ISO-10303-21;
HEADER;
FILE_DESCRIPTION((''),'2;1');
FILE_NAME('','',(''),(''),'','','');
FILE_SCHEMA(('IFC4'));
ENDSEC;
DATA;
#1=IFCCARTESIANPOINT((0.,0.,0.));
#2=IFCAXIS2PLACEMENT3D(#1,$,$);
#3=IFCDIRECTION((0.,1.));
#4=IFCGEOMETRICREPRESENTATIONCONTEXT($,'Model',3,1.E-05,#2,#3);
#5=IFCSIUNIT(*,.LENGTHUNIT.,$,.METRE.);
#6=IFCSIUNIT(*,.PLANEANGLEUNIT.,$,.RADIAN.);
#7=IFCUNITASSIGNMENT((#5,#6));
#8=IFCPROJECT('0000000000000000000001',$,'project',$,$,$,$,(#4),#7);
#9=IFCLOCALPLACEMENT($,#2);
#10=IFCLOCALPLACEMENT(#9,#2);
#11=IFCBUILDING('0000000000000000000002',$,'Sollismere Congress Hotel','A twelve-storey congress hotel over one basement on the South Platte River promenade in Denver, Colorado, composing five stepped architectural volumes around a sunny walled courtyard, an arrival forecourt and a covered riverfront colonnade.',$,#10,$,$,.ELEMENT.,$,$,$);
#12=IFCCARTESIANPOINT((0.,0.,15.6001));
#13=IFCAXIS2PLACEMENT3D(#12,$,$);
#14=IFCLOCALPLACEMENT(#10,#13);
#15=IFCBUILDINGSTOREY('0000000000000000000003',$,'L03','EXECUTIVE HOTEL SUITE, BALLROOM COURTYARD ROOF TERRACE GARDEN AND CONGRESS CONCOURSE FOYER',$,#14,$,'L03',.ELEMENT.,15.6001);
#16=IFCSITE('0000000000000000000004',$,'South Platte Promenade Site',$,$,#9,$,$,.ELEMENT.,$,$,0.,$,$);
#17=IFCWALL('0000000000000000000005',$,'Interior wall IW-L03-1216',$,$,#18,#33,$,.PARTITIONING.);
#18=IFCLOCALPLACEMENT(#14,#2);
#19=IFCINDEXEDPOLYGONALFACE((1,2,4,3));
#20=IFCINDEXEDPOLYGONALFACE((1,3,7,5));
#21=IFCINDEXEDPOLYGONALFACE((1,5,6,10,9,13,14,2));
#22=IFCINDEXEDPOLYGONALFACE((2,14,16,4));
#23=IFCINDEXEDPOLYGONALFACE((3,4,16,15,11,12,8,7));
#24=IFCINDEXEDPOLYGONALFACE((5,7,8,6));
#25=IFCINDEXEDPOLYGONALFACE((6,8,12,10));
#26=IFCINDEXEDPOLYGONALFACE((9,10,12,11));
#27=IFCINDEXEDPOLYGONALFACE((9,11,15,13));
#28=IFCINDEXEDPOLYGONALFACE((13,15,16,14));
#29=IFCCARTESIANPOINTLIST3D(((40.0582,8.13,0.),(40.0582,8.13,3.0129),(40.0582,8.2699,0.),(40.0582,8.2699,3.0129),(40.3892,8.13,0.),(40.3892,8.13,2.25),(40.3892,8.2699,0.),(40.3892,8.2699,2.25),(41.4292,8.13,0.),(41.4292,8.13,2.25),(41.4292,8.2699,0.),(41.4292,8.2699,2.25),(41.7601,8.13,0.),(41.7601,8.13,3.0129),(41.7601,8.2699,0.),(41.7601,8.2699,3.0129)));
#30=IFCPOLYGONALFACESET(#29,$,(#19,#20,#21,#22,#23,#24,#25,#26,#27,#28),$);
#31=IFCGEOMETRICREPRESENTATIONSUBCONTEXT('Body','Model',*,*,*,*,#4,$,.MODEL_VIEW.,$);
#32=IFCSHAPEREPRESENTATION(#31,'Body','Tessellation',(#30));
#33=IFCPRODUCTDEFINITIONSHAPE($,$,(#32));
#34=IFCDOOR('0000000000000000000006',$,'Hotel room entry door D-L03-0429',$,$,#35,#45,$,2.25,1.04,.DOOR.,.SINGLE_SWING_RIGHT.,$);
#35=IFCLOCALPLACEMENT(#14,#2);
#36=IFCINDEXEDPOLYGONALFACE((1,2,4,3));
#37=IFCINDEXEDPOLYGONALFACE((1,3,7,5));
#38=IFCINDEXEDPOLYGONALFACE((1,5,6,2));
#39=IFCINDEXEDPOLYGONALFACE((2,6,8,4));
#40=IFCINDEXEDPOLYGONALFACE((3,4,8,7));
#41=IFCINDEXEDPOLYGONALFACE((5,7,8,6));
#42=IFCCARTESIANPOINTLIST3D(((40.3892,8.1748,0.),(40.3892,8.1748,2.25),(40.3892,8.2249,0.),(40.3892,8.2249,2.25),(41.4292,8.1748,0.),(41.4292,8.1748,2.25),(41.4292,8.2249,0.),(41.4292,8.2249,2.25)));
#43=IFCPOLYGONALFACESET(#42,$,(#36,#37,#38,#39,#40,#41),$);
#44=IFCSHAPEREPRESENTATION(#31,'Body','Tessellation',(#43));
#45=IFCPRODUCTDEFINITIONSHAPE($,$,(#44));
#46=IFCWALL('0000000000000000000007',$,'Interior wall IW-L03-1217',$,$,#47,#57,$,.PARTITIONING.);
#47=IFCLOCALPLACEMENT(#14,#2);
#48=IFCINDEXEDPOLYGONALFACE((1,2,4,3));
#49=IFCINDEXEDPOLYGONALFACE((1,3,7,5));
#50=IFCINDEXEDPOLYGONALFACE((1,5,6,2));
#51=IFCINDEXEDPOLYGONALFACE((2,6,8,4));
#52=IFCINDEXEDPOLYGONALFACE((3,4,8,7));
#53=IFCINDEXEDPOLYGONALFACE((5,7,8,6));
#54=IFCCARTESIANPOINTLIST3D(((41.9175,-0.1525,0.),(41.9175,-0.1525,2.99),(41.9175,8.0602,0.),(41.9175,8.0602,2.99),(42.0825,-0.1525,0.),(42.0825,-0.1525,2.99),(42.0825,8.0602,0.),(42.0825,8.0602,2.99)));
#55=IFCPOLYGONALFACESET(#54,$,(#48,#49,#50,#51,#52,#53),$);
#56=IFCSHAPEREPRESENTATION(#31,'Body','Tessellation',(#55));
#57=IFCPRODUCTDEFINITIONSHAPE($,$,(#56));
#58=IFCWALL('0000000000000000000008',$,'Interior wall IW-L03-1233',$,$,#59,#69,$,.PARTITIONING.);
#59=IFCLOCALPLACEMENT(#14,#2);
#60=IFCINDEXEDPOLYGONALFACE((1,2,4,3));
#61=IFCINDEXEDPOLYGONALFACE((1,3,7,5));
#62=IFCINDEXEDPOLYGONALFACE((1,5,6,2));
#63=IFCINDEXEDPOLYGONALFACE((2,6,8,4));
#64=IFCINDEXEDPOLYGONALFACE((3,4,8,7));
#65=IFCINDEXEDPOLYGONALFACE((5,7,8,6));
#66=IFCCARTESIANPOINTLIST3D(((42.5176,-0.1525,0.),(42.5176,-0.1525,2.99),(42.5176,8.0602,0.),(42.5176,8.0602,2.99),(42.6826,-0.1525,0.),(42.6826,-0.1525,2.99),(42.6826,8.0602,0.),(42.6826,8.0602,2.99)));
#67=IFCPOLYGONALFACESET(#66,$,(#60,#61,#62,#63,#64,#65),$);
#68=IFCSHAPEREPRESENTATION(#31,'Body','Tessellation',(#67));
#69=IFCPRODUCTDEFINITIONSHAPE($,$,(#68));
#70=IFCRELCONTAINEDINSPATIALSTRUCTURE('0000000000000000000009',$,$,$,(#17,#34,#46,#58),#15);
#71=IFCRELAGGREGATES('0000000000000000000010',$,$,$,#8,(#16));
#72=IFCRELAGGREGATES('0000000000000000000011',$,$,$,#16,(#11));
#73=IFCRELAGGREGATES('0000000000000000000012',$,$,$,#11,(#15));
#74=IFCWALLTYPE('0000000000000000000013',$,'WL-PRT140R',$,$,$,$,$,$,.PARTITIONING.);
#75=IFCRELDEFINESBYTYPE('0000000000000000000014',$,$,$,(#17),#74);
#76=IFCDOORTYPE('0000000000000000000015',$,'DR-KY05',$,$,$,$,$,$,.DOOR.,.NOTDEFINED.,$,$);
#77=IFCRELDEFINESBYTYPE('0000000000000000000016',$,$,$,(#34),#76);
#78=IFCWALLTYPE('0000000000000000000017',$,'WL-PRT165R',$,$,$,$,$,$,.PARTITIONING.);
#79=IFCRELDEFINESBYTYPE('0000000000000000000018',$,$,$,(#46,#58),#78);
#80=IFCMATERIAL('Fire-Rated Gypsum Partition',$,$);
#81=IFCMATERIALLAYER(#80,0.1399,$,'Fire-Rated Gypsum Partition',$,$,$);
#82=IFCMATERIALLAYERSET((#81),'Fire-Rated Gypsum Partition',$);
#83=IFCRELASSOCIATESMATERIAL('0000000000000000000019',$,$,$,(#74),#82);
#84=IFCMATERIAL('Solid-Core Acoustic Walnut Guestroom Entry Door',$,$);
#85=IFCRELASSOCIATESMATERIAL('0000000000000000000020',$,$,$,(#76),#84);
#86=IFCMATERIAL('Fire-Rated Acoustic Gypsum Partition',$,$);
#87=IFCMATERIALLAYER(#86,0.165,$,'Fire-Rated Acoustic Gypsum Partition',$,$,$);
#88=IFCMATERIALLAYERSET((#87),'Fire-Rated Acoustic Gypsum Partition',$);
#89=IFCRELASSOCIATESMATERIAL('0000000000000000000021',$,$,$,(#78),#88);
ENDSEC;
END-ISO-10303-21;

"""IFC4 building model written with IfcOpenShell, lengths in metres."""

from ifc_helpers import new_model, si_unit, direction, frame, frame_2d, origin, place, context, subcontext, project, spatial, rectangle, extrude, material, layer, layer_set, type_object, element, fill, save


model = new_model("IFC4")

# Units and contexts
model_context = context("Model", 3, precision=1e-05, world=origin(), true_north=direction((0.0, 1.0)))
body_context = subcontext(model_context, "Body", "Model", "MODEL_VIEW")
ifc_project = project(units=[si_unit("LENGTHUNIT", "METRE"), si_unit("PLANEANGLEUNIT", "RADIAN")], contexts=[model_context])

# Site, building, storey
site_placement = place(None, origin())
site = spatial("IfcSite", under=ifc_project, at=site_placement, Name="South Platte Promenade Site", CompositionType="ELEMENT", RefElevation=0.0)
building_placement = place(site_placement, origin())
building = spatial("IfcBuilding", under=site, at=building_placement, Name="Sollismere Congress Hotel", Description="A twelve-storey congress hotel over one basement on the South Platte River promenade in Denver, Colorado, composing five stepped architectural volumes around a sunny walled courtyard, an arrival forecourt and a covered riverfront colonnade.", CompositionType="ELEMENT")
storey_placement = place(building_placement, frame((0.0, 0.0, 15.6001)))
storey = spatial("IfcBuildingStorey", under=building, at=storey_placement, Name="L03", Description="EXECUTIVE HOTEL SUITE, BALLROOM COURTYARD ROOF TERRACE GARDEN AND CONGRESS CONCOURSE FOYER", LongName="L03", CompositionType="ELEMENT", Elevation=15.6001)

# Shared definitions
ifc_material_1 = material(Name="Fire-Rated Gypsum Partition")
ifc_layer_1 = layer(ifc_material_1, 0.1399, Name="Fire-Rated Gypsum Partition")
ifc_layer_set_1 = layer_set([ifc_layer_1], Name="Fire-Rated Gypsum Partition")
wall_type_1 = type_object("IfcWallType", Name="WL-PRT140R", PredefinedType="PARTITIONING", material=ifc_layer_set_1)

# Wall, opening, door
wall_1_placement = place(storey_placement, frame((40.0581, 8.2, 0.0), z_axis=(0.0, 0.0, 1.0), x_axis=(1.0, 0.0, 0.0)))
wall_1 = element("IfcWall", 1, at=wall_1_placement, inside=storey, type_object=wall_type_1, Name="Interior wall IW-L03-1216", PredefinedType="PARTITIONING", context=body_context, shape_type="SweptSolid", body=[
    extrude(rectangle(XDim=1.7019, YDim=0.1399, at=frame_2d((0.8511, 0.0))), origin(), (0.0, 0.0, 1.0), 3.0129),
])
opening_1_placement = place(wall_1_placement, frame((0.3311, 0.0, 0.0)))
opening_1 = element("IfcOpeningElement", 2, at=opening_1_placement, cuts=wall_1, PredefinedType="OPENING", context=body_context, shape_type="SweptSolid", body=[
    extrude(rectangle(XDim=1.04, YDim=2.25, at=frame_2d((0.52, 1.125))), frame((0.0, 0.0798, 0.0), z_axis=(0.0, -1.0, 0.0), x_axis=(1.0, 0.0, 0.0)), (0.0, 0.0, 1.0), 0.1599),
])
ifc_material_2 = material(Name="Solid-Core Acoustic Walnut Guestroom Entry Door")
door_type_1 = type_object("IfcDoorType", Name="DR-KY05", OperationType="NOTDEFINED", PredefinedType="DOOR", material=ifc_material_2)
door_1_placement = place(opening_1_placement, origin())
door_1 = element("IfcDoor", 3, at=door_1_placement, inside=storey, type_object=door_type_1, Name="Hotel room entry door D-L03-0429", OperationType="SINGLE_SWING_RIGHT", OverallHeight=2.25, OverallWidth=1.04, PredefinedType="DOOR", context=body_context, shape_type="SweptSolid", body=[
    extrude(rectangle(XDim=1.04, YDim=2.25, at=frame_2d((0.52, 1.125))), frame((0.0, 0.0249, 0.0), z_axis=(0.0, -1.0, 0.0), x_axis=(1.0, 0.0, 0.0)), (0.0, 0.0, 1.0), 0.05),
])
fill(opening_1, door_1)

# Walls
ifc_material_3 = material(Name="Fire-Rated Acoustic Gypsum Partition")
ifc_layer_2 = layer(ifc_material_3, 0.165, Name="Fire-Rated Acoustic Gypsum Partition")
ifc_layer_set_2 = layer_set([ifc_layer_2], Name="Fire-Rated Acoustic Gypsum Partition")
wall_type_2 = type_object("IfcWallType", Name="WL-PRT165R", PredefinedType="PARTITIONING", material=ifc_layer_set_2)
for number, where, z_axis, x_axis, name in (
    (4, (42.0, -0.1526, 0.0), (0.0, 0.0, 1.0), (0.0, 1.0, 0.0), "Interior wall IW-L03-1217"),
    (5, (42.6001, -0.1526, 0.0), (0.0, 0.0, 1.0), (0.0, 1.0, 0.0), "Interior wall IW-L03-1233"),
):
    element("IfcWall", number, at=place(storey_placement, frame(where, z_axis=z_axis, x_axis=x_axis)), inside=storey, type_object=wall_type_2, Name=name, PredefinedType="PARTITIONING", context=body_context, shape_type="SweptSolid", body=[
        extrude(rectangle(XDim=8.2126, YDim=0.165, at=frame_2d((4.1064, 0.0))), origin(), (0.0, 0.0, 1.0), 2.99),
    ])

save(model, "model.ifc")
